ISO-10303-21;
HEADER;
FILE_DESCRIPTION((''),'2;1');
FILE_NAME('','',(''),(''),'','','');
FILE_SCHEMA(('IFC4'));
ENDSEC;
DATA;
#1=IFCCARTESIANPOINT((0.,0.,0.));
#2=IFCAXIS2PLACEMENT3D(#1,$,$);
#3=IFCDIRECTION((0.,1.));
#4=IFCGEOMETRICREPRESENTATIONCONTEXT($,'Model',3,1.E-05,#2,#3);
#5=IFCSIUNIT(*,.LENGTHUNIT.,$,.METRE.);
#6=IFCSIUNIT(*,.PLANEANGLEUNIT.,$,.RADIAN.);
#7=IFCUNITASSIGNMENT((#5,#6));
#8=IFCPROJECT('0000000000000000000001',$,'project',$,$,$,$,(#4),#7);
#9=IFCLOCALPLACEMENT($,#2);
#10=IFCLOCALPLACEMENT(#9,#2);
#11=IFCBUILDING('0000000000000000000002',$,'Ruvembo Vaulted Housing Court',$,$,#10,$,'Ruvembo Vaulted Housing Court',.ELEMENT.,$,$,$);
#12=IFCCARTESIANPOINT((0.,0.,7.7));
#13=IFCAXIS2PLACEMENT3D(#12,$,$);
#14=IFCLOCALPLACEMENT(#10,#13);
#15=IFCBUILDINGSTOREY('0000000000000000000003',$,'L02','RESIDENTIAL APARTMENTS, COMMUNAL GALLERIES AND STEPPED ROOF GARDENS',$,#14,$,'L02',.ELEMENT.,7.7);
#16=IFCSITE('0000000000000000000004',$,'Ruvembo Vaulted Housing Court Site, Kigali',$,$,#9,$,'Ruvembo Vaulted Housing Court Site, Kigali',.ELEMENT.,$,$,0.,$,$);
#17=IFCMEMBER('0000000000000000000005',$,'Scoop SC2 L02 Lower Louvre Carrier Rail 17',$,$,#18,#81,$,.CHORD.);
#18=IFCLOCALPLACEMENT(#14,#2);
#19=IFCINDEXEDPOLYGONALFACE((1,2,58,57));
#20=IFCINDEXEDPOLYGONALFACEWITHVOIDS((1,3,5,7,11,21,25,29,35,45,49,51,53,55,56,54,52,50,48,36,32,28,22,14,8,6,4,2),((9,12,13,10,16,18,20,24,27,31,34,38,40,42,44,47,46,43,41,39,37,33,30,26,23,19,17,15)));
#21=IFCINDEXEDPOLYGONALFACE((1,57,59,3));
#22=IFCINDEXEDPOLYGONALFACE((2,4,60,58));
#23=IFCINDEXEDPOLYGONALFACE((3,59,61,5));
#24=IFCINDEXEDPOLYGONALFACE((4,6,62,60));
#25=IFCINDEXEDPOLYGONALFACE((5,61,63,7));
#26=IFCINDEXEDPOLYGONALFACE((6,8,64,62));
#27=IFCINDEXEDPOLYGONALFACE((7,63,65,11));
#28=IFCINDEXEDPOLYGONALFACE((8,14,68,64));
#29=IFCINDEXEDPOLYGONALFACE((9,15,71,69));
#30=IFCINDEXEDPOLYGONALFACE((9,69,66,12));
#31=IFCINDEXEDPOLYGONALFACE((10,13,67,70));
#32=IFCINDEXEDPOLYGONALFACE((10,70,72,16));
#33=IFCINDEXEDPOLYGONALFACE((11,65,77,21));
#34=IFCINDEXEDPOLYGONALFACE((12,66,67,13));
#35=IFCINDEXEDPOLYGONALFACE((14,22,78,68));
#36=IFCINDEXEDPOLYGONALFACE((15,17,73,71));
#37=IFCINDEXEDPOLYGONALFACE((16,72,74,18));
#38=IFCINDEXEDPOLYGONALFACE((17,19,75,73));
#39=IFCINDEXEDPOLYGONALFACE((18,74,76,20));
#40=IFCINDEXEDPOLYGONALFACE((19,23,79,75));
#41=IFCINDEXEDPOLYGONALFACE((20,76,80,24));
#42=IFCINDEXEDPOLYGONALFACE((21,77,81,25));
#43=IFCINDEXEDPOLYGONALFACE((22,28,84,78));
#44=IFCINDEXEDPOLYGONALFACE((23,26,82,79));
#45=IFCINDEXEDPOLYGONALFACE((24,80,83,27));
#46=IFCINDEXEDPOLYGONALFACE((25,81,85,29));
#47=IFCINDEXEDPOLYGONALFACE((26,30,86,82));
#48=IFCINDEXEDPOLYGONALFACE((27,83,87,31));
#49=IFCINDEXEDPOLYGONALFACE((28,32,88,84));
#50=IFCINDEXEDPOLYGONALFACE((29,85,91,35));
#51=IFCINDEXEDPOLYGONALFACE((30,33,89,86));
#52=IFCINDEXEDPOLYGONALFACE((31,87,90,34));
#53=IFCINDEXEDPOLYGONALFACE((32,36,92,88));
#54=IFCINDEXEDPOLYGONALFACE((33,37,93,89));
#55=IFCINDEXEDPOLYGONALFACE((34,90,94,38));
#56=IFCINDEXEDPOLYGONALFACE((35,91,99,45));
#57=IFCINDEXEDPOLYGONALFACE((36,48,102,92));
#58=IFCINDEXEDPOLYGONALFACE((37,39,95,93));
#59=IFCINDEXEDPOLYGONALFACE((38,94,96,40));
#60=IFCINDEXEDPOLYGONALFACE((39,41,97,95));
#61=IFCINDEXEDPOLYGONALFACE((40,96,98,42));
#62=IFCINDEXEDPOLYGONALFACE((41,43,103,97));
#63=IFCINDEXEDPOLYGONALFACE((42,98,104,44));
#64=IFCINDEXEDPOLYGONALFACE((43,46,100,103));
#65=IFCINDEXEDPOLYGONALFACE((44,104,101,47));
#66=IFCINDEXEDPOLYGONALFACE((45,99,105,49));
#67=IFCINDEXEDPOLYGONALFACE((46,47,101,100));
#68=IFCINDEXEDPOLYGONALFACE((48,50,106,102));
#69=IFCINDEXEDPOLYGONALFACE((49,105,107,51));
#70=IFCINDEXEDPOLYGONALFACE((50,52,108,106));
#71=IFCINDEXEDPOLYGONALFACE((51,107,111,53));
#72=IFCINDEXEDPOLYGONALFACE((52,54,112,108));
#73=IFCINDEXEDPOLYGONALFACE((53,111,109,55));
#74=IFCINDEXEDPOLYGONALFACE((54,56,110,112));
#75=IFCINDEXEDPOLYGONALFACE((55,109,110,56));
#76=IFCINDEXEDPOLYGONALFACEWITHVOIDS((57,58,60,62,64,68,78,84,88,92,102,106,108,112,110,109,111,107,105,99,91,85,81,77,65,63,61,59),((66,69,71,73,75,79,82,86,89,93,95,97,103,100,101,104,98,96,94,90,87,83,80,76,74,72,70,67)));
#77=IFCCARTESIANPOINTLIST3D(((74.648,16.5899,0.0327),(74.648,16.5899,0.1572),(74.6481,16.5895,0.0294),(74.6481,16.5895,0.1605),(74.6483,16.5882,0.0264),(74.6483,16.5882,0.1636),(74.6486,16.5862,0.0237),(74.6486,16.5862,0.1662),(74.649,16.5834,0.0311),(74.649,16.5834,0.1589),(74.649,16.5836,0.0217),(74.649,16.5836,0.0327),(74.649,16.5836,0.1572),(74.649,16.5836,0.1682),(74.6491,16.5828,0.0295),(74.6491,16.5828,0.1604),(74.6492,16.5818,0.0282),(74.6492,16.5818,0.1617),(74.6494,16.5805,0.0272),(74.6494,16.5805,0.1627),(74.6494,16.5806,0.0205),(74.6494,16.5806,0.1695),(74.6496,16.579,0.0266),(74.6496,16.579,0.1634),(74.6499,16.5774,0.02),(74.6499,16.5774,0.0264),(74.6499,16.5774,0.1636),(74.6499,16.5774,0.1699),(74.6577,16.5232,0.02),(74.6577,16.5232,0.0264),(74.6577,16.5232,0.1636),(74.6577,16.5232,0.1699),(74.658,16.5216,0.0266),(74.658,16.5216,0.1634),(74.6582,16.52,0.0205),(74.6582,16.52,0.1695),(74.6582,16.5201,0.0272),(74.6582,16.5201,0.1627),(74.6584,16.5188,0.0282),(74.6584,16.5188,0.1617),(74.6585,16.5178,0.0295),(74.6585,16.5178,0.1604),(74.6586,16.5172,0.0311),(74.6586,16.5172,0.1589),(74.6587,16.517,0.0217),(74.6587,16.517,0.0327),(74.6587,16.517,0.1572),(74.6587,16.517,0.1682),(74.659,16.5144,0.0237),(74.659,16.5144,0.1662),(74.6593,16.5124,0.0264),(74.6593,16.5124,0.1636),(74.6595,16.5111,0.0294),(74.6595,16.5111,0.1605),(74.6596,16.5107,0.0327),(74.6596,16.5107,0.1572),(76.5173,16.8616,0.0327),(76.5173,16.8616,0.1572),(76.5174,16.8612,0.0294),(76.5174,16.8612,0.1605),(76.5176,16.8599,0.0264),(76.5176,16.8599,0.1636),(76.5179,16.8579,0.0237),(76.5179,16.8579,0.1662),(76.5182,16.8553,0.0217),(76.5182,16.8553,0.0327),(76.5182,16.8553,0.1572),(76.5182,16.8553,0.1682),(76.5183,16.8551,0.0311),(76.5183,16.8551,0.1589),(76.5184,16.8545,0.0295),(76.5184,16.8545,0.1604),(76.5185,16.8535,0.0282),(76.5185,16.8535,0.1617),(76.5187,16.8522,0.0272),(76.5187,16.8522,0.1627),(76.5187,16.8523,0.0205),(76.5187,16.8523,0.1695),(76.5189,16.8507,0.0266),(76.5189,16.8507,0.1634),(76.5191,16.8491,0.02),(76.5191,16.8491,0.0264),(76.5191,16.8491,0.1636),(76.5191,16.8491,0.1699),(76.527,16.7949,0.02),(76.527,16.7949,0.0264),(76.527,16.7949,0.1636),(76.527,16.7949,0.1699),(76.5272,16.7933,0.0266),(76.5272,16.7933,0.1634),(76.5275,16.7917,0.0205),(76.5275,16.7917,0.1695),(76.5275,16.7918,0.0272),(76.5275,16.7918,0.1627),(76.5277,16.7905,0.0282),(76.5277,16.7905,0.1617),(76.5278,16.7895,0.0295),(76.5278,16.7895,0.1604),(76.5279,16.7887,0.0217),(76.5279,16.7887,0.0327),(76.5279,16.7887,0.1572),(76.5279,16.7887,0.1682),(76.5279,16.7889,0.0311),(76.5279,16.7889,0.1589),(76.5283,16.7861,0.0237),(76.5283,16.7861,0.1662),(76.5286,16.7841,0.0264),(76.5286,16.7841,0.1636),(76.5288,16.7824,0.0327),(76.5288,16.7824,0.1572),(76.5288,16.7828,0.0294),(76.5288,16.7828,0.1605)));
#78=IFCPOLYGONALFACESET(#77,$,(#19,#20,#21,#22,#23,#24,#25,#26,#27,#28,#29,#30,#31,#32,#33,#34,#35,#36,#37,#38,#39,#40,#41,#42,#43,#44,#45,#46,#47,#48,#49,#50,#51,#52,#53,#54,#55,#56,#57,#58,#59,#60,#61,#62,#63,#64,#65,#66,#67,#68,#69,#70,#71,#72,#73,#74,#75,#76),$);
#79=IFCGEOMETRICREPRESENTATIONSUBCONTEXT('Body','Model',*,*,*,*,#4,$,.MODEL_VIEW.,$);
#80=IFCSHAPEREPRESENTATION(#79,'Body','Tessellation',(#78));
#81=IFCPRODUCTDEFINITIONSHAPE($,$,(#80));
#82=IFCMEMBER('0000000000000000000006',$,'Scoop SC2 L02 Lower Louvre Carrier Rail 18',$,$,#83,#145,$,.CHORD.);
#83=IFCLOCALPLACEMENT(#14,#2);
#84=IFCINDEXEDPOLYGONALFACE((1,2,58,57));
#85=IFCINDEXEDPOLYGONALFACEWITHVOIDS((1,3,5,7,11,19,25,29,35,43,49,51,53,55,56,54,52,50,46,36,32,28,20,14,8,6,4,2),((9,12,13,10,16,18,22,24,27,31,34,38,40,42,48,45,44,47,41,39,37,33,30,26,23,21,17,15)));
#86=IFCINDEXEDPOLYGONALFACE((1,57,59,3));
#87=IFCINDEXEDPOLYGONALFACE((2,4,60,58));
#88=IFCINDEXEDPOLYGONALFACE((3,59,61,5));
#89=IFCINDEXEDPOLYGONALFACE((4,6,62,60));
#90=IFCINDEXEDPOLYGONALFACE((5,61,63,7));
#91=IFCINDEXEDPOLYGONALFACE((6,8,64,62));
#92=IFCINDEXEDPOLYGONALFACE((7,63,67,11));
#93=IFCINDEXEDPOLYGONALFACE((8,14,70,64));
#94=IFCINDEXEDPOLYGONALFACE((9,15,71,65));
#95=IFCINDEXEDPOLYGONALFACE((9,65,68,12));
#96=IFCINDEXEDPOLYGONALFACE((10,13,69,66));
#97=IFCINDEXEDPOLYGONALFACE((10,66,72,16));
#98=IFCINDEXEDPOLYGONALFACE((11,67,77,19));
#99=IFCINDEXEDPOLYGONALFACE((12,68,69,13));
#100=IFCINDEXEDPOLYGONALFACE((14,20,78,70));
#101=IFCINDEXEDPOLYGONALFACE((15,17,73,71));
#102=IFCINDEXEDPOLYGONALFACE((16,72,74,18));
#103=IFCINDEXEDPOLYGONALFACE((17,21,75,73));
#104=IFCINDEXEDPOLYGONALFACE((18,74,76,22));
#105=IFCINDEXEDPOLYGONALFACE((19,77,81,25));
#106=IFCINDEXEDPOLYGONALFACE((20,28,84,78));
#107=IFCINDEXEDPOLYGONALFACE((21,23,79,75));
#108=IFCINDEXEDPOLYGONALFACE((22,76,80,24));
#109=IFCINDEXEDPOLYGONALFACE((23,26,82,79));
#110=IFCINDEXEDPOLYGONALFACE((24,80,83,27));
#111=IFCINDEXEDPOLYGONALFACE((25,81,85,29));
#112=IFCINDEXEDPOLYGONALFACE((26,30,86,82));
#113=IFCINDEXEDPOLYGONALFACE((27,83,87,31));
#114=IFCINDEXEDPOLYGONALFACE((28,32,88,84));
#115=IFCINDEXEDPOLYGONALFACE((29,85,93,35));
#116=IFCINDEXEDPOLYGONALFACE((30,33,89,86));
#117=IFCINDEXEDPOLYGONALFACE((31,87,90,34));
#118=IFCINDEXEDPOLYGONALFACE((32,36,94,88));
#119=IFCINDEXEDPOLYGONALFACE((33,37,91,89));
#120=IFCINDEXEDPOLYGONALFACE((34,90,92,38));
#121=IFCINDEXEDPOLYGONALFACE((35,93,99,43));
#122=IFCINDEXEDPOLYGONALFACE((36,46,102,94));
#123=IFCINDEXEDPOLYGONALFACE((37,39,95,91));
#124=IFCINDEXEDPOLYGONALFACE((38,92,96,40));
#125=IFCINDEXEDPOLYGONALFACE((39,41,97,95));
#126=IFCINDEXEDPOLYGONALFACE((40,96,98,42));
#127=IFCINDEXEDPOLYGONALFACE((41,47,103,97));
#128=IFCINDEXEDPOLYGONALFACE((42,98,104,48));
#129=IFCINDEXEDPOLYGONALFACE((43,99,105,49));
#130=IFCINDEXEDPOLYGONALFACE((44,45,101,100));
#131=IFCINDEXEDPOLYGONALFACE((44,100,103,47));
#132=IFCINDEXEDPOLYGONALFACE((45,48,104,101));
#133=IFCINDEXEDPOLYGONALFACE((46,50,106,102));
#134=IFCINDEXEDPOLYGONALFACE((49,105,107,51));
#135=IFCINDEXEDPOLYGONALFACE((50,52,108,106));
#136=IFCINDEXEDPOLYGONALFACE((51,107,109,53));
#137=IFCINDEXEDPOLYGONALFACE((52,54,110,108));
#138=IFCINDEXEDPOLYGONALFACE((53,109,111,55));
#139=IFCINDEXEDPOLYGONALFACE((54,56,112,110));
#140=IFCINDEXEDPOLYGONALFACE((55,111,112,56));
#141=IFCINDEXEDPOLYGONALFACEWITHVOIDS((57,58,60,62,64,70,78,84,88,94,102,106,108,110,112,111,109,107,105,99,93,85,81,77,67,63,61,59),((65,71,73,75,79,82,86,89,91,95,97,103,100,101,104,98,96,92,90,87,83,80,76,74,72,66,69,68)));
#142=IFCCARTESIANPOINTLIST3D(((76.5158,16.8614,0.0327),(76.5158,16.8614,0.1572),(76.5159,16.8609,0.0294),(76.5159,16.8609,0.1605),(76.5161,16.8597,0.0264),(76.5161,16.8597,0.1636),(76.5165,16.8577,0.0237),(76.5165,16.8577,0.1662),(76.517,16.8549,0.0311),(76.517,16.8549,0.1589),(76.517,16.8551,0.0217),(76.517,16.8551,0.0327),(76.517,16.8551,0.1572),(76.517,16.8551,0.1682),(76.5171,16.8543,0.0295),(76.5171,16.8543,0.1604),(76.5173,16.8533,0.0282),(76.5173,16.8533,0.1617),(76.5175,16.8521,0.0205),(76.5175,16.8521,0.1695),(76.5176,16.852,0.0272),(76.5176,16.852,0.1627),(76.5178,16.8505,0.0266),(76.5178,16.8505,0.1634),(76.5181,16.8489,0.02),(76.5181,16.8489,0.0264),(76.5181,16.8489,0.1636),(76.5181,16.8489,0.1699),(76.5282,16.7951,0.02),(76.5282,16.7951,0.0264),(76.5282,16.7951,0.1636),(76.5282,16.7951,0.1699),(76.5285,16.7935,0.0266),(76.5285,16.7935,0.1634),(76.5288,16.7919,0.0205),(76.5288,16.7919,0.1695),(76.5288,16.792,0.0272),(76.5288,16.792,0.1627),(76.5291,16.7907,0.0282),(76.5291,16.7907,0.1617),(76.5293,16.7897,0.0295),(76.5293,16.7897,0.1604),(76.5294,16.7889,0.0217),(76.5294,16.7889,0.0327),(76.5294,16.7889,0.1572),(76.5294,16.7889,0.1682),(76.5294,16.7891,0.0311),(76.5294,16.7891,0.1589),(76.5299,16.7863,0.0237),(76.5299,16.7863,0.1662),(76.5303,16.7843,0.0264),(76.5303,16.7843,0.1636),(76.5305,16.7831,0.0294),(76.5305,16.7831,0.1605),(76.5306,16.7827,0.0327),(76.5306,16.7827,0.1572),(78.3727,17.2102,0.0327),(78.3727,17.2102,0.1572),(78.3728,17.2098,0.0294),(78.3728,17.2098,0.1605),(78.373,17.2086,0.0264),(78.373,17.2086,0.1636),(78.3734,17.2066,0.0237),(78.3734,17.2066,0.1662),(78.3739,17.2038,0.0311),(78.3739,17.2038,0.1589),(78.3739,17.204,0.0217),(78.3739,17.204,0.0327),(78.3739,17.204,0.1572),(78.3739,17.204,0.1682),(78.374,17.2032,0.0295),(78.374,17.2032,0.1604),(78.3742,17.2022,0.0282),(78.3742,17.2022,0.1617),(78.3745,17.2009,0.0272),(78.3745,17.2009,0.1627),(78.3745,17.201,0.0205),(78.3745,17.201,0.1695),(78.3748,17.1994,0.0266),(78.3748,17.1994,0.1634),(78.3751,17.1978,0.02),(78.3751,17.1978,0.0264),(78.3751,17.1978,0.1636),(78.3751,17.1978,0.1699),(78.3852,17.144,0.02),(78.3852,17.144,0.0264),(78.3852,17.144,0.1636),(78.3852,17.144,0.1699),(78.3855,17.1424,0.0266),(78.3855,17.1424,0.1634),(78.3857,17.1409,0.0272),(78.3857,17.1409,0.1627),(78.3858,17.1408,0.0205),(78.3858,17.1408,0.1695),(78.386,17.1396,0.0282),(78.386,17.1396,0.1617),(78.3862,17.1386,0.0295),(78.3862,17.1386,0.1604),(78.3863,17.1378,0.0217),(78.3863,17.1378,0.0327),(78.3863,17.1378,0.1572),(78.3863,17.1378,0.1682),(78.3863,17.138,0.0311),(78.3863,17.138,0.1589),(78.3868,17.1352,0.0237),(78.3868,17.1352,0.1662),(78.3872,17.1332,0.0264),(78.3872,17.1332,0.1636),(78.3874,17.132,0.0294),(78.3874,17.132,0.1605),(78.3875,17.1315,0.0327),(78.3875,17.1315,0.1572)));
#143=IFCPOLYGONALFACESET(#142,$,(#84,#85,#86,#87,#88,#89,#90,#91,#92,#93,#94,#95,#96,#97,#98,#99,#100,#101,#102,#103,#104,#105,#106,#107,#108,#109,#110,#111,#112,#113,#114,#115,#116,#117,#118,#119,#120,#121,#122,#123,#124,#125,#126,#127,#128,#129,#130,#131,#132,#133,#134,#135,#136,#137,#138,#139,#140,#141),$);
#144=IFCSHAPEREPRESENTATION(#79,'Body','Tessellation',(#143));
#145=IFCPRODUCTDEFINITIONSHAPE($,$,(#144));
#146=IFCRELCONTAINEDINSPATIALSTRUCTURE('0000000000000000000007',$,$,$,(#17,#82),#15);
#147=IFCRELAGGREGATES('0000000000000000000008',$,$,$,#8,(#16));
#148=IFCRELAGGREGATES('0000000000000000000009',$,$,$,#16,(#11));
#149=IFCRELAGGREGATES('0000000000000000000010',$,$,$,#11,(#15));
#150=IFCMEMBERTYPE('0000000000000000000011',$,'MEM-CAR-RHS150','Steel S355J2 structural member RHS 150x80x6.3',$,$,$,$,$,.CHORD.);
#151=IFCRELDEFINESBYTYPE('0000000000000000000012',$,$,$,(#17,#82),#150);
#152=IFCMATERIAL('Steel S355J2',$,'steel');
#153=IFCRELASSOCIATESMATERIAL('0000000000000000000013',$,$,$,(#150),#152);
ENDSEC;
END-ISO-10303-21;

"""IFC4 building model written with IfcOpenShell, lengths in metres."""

from ifc_helpers import new_model, si_unit, direction, frame, origin, origin_2d, place, context, subcontext, project, spatial, hollow_rectangle, extrude, material, material_profile, profile_set, type_object, element, save


model = new_model("IFC4")

# Units and contexts
model_context = context("Model", 3, precision=1e-05, world=origin(), true_north=direction((0.0, 1.0)))
body_context = subcontext(model_context, "Body", "Model", "MODEL_VIEW")
ifc_project = project(units=[si_unit("LENGTHUNIT", "METRE"), si_unit("PLANEANGLEUNIT", "RADIAN")], contexts=[model_context])

# Site, building, storey
site_placement = place(None, origin())
site = spatial("IfcSite", under=ifc_project, at=site_placement, Name="Ruvembo Vaulted Housing Court Site, Kigali", LongName="Ruvembo Vaulted Housing Court Site, Kigali", CompositionType="ELEMENT", RefElevation=0.0)
building_placement = place(site_placement, origin())
building = spatial("IfcBuilding", under=site, at=building_placement, Name="Ruvembo Vaulted Housing Court", LongName="Ruvembo Vaulted Housing Court", CompositionType="ELEMENT")
storey_placement = place(building_placement, frame((0.0, 0.0, 7.7)))
storey = spatial("IfcBuildingStorey", under=building, at=storey_placement, Name="L02", Description="RESIDENTIAL APARTMENTS, COMMUNAL GALLERIES AND STEPPED ROOF GARDENS", LongName="L02", CompositionType="ELEMENT", Elevation=7.7)

# Shared definitions
ifc_material_1 = material(Name="Steel S355J2", Category="steel")

# Members
ifc_material_profile_1 = material_profile(ifc_material_1, hollow_rectangle(XDim=0.0801, YDim=0.1499, WallThickness=0.0063, InnerFilletRadius=0.0063, OuterFilletRadius=0.0127, at=origin_2d()), Name="RHS 150x80x6.3")
ifc_profile_set_1 = profile_set([ifc_material_profile_1], Name="Steel S355J2")
member_type_1 = type_object("IfcMemberType", Name="MEM-CAR-RHS150", Description="Steel S355J2 structural member RHS 150x80x6.3", PredefinedType="CHORD", material=ifc_profile_set_1)
member_1_placement = place(storey_placement, frame((74.6538, 16.5503, 0.095), z_axis=(0.9896, 0.143845, 0.0), x_axis=(-0.143845, 0.9896, 0.0)))
element("IfcMember", 1, at=member_1_placement, inside=storey, type_object=member_type_1, Name="Scoop SC2 L02 Lower Louvre Carrier Rail 17", PredefinedType="CHORD", context=body_context, shape_type="SweptSolid", body=[
    extrude(hollow_rectangle(XDim=0.0801, YDim=0.1499, WallThickness=0.0063, InnerFilletRadius=0.0063, OuterFilletRadius=0.0127, at=origin_2d()), origin(), (0.0, 0.0, 1.0), 1.8889),
])
member_2_placement = place(storey_placement, frame((76.5232, 16.822, 0.095), z_axis=(0.982805, 0.184647, 0.0), x_axis=(-0.184647, 0.982805, 0.0)))
element("IfcMember", 2, at=member_2_placement, inside=storey, type_object=member_type_1, Name="Scoop SC2 L02 Lower Louvre Carrier Rail 18", PredefinedType="CHORD", context=body_context, shape_type="SweptSolid", body=[
    extrude(hollow_rectangle(XDim=0.0801, YDim=0.1499, WallThickness=0.0063, InnerFilletRadius=0.0063, OuterFilletRadius=0.0127, at=origin_2d()), origin(), (0.0, 0.0, 1.0), 1.8894),
])

save(model, "model.ifc")
